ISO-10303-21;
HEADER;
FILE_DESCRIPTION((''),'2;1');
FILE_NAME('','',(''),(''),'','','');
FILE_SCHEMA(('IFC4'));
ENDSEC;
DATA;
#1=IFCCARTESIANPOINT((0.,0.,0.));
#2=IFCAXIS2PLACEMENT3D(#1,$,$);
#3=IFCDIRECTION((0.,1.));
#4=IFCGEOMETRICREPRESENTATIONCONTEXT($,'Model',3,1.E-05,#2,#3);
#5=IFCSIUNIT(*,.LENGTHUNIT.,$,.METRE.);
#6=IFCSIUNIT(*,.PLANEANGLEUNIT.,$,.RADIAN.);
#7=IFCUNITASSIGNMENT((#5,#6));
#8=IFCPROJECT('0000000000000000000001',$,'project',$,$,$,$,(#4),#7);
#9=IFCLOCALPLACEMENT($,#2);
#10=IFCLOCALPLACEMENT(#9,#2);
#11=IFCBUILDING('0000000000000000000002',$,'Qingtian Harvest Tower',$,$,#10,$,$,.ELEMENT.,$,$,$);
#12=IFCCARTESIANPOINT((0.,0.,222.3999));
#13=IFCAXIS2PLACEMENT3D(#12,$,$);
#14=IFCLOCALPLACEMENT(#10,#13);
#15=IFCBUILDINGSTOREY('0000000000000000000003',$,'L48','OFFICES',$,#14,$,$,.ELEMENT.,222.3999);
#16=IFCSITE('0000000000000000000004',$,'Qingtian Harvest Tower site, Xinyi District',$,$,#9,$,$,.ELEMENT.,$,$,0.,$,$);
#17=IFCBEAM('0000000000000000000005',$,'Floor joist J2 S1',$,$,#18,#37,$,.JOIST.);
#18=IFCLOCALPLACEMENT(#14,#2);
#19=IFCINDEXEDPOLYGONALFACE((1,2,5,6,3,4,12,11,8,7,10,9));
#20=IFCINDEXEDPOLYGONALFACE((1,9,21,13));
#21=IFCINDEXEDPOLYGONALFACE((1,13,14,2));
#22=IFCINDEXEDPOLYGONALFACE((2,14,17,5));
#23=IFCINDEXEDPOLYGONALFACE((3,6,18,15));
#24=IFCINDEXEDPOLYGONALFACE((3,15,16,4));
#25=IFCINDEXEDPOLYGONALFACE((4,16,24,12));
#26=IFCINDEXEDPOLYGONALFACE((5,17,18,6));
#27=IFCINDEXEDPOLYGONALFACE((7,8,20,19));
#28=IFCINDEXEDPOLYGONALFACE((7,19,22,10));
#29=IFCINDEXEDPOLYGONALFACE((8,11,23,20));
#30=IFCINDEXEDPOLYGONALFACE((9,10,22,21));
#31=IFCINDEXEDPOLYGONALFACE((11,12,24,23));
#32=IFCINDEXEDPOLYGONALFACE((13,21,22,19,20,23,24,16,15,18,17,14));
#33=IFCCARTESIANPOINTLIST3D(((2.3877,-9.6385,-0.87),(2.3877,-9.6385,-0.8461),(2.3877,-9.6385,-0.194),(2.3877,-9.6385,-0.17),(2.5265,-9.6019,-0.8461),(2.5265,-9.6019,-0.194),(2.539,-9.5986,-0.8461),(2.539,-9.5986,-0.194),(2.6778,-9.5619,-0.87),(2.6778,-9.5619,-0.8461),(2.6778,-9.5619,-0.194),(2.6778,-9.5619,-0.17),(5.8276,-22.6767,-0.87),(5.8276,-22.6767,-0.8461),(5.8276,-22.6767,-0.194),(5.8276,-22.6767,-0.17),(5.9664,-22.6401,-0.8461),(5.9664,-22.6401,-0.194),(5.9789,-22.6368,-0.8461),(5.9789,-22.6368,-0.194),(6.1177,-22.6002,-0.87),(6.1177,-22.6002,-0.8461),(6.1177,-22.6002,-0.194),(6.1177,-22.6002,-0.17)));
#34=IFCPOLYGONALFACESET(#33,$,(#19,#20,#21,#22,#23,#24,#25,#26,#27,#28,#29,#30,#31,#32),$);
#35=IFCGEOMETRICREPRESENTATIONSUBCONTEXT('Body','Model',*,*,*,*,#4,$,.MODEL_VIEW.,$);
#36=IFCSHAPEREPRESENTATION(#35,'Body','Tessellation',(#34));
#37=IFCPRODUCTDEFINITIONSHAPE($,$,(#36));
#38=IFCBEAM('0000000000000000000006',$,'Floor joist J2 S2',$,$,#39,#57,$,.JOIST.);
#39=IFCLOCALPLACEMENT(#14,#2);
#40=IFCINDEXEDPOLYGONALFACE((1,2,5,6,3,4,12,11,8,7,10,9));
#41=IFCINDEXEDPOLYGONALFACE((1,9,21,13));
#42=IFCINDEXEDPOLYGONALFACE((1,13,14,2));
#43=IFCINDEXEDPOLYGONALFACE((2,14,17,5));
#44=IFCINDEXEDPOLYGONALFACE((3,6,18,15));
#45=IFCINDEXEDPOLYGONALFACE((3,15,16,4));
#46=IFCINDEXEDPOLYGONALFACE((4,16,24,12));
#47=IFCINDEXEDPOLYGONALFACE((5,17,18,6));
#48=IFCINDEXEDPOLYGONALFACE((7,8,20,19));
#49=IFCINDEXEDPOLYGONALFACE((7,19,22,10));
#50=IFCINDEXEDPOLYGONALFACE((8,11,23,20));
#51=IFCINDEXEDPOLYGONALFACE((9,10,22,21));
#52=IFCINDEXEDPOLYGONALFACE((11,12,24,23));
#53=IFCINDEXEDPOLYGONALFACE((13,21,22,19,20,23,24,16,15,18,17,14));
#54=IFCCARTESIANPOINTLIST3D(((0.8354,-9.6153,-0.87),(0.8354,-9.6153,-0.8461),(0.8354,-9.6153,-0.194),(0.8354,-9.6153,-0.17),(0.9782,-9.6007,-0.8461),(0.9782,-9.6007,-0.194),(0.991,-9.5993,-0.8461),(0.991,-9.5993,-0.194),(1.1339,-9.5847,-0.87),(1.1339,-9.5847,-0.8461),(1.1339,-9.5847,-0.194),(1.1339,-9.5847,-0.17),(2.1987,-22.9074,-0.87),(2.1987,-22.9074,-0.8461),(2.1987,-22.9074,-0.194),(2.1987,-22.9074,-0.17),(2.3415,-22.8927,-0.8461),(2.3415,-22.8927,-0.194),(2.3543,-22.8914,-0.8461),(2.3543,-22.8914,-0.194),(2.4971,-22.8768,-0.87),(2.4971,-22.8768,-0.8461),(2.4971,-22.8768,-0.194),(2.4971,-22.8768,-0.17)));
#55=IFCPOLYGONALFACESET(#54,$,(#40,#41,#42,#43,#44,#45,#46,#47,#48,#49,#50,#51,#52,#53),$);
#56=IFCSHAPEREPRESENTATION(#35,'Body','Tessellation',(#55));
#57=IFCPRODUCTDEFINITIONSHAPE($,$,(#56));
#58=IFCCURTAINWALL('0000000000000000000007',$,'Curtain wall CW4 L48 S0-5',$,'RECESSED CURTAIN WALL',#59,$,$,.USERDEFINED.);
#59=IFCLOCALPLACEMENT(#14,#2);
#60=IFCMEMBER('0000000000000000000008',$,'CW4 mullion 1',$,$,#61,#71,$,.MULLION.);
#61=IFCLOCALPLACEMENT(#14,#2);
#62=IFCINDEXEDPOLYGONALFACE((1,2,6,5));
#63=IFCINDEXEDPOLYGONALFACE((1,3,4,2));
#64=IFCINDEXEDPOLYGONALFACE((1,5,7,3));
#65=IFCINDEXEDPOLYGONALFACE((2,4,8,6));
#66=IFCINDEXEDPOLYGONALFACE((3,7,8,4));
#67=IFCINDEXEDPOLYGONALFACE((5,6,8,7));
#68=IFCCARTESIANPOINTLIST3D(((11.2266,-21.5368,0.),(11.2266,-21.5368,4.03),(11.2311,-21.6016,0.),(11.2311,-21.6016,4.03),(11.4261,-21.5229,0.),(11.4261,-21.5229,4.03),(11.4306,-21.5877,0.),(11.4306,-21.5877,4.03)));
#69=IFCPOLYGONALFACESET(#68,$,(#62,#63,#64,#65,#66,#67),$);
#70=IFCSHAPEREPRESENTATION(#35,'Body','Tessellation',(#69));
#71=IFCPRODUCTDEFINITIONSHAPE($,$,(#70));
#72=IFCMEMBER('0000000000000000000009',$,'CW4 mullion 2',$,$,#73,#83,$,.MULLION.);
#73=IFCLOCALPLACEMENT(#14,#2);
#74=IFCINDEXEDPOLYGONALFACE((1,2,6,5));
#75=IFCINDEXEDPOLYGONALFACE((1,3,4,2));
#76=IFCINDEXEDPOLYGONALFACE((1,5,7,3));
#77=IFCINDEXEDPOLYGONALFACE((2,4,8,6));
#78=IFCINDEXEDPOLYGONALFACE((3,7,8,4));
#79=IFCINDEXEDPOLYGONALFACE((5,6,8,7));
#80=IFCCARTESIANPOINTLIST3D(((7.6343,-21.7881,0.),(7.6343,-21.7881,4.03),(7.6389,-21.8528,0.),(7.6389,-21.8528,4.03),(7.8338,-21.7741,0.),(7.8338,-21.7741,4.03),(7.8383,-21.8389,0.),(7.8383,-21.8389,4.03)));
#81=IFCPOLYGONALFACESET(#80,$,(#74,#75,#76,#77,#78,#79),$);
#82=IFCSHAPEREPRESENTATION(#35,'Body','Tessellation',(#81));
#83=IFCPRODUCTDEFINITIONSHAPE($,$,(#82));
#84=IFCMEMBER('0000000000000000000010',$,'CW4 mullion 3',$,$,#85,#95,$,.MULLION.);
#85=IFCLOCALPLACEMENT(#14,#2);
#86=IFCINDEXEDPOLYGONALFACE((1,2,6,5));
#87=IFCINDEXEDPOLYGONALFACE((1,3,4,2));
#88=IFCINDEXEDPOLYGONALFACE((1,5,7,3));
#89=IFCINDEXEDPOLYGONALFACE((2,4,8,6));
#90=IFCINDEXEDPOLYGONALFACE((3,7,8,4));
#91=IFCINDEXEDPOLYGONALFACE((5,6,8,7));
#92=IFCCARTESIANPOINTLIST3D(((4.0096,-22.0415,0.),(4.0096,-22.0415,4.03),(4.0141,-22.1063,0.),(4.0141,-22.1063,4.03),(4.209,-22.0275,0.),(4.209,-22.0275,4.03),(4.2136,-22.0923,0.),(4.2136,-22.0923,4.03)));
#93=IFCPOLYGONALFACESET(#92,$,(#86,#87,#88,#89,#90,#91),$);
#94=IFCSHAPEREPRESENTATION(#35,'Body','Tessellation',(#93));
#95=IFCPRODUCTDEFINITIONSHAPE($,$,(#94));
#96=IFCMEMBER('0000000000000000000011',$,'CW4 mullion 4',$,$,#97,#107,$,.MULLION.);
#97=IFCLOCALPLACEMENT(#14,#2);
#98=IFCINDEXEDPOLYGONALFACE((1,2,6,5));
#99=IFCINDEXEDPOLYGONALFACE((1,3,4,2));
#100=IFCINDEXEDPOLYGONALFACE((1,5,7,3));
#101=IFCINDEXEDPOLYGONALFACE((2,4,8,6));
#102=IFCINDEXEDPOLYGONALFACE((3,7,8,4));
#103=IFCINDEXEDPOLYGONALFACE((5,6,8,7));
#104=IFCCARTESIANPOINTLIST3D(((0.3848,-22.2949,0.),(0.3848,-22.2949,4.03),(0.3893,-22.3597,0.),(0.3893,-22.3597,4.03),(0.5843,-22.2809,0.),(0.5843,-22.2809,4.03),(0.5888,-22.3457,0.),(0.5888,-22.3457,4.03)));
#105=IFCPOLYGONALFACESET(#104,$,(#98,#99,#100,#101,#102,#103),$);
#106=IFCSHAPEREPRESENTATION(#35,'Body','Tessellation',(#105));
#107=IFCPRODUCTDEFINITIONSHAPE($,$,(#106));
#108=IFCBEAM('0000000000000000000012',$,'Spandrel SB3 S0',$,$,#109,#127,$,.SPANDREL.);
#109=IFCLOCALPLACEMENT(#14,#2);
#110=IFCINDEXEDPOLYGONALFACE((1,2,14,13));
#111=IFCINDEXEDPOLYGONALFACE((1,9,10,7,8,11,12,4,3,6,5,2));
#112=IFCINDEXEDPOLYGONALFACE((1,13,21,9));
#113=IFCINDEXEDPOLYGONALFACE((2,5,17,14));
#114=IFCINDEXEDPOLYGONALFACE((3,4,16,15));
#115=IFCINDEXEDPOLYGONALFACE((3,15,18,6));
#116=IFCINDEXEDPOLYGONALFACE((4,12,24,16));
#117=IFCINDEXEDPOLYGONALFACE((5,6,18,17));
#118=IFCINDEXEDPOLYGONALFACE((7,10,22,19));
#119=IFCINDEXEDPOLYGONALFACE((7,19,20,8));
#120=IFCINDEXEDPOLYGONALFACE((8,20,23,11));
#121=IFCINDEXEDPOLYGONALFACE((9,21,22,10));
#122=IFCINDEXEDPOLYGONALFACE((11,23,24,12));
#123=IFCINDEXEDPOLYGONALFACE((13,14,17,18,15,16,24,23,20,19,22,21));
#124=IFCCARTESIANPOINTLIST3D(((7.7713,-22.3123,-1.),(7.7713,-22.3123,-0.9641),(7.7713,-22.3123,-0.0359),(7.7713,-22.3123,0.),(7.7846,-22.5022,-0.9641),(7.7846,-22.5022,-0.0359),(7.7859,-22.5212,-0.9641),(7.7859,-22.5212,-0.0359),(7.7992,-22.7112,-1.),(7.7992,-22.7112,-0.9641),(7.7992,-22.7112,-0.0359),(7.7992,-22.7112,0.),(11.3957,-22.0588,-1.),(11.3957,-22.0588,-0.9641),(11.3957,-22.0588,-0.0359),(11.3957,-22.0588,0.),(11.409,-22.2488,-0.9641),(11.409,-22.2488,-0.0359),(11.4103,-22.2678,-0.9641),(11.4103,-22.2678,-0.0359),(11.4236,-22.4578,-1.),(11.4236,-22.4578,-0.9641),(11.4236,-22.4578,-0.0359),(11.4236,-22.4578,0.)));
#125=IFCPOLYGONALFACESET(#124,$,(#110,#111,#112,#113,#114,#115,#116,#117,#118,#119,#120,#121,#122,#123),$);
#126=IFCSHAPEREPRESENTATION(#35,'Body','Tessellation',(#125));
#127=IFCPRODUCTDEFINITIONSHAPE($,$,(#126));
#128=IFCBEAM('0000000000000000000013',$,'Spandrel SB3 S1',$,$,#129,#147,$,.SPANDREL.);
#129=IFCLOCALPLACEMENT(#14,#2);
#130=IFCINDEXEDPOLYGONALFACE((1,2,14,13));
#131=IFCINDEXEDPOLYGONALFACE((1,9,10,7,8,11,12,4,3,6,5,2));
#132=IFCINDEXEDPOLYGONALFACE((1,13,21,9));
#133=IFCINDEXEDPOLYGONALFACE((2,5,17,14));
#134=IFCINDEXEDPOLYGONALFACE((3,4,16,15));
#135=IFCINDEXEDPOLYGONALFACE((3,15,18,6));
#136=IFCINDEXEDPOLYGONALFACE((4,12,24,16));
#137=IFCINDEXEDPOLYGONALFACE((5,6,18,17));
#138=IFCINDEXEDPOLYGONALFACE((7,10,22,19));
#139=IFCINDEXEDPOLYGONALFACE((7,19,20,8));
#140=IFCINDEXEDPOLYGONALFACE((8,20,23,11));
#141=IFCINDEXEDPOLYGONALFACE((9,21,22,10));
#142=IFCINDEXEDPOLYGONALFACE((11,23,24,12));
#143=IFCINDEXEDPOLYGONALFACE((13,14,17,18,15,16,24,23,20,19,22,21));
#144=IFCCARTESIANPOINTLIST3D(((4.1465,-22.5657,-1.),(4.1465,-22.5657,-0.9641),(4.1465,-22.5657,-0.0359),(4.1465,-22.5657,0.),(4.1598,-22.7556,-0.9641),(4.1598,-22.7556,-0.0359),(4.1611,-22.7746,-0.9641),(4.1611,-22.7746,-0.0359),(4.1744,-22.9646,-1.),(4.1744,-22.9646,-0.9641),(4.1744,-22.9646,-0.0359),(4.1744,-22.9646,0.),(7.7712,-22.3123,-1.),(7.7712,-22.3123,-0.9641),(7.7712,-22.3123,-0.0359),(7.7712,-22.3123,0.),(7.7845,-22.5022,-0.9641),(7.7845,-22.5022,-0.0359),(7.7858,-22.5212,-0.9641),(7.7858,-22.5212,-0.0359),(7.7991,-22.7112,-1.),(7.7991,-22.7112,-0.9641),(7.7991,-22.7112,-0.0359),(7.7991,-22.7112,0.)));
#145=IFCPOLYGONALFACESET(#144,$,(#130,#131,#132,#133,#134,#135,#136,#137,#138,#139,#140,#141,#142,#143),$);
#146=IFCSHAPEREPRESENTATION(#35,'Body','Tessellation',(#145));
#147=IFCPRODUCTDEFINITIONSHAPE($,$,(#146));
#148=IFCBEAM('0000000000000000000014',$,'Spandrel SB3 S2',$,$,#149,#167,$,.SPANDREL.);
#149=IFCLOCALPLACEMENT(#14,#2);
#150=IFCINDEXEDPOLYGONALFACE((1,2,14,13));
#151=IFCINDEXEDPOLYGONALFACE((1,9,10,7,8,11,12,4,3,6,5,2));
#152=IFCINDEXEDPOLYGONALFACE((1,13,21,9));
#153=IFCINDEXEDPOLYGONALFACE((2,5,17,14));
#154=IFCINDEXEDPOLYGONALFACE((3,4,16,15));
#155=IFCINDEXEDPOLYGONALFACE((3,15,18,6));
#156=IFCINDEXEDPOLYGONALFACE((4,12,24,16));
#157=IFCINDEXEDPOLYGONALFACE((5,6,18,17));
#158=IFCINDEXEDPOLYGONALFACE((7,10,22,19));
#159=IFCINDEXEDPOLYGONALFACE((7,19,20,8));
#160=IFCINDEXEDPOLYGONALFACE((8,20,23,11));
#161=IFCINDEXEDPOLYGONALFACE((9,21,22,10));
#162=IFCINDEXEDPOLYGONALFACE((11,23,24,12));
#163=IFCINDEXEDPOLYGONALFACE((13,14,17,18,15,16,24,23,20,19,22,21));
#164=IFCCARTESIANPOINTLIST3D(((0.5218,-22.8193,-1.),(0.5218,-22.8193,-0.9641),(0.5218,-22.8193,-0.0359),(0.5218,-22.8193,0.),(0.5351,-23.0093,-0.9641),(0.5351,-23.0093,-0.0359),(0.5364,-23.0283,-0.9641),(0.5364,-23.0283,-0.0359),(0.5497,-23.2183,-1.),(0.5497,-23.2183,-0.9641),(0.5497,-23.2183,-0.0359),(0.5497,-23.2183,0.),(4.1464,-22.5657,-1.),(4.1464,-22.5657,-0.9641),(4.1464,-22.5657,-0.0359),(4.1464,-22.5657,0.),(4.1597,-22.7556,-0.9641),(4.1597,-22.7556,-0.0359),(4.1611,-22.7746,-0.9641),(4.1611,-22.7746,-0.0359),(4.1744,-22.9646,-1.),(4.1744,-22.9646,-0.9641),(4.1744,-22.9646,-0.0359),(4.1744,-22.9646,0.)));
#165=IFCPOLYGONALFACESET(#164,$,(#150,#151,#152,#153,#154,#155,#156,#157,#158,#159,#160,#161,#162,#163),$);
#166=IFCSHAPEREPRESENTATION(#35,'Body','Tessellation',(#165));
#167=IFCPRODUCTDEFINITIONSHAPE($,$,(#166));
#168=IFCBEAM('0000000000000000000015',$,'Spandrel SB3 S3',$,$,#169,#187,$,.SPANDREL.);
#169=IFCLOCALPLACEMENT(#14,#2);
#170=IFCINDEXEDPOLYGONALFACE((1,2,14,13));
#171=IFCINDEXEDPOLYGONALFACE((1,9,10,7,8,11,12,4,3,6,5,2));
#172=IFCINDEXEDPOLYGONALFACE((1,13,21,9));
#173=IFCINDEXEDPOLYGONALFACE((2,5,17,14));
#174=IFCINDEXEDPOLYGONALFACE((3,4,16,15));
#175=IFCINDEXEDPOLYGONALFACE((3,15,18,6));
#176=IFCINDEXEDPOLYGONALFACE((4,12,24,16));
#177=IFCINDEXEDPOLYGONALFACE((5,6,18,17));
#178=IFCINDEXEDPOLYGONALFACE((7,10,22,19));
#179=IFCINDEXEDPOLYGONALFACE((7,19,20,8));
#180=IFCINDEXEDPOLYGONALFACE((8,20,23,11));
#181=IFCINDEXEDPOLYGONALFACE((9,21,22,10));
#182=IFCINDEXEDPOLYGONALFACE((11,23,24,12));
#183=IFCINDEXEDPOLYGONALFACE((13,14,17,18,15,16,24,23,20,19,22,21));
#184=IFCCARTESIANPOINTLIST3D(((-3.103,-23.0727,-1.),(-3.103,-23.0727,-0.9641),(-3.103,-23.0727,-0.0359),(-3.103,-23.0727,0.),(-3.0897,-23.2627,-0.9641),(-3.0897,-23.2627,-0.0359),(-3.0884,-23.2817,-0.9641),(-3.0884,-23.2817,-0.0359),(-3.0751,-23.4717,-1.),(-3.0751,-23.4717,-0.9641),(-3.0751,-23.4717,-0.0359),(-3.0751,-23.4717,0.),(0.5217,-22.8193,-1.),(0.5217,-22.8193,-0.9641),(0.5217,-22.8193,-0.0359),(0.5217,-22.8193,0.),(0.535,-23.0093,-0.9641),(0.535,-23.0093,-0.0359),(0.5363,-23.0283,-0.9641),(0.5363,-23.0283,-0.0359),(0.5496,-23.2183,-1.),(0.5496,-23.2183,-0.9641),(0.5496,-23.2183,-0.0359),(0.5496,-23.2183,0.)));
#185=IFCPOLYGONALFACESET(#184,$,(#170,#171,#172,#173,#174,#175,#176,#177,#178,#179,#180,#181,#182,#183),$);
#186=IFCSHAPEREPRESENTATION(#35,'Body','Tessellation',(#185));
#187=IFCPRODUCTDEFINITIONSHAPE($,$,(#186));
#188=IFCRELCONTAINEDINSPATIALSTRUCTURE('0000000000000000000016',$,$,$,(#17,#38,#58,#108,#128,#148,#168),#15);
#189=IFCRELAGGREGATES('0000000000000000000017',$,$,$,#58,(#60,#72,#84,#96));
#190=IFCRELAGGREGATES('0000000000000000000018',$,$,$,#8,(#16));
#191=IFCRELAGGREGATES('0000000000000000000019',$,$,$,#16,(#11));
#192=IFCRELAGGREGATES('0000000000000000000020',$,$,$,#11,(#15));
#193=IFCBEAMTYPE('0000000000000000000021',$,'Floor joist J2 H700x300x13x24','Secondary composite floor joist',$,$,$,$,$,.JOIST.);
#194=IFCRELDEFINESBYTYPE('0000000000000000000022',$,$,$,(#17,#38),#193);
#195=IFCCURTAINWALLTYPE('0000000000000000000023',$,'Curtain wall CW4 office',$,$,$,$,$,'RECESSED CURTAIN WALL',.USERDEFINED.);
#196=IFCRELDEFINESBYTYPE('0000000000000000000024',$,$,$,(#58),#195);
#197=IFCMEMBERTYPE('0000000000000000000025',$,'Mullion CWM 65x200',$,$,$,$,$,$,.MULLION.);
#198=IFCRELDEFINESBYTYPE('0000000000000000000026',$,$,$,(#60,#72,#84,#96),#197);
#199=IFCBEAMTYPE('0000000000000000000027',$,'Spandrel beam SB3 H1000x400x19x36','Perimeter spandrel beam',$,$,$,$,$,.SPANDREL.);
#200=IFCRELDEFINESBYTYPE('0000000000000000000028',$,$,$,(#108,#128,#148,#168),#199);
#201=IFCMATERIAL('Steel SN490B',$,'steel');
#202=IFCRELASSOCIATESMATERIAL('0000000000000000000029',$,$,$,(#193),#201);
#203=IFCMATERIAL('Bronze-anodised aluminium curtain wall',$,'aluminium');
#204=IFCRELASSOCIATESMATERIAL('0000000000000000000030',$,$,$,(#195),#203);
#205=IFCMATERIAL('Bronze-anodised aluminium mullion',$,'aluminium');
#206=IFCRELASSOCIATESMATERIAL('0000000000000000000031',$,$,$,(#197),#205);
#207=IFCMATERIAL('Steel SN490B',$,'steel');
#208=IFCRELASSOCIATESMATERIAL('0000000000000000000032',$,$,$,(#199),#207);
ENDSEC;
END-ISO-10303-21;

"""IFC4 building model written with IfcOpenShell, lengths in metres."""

from ifc_helpers import new_model, si_unit, direction, frame, origin, origin_2d, place, context, subcontext, project, spatial, rectangle, i_section, extrude, material, material_profile, profile_set, type_object, element, aggregate, save


model = new_model("IFC4")

# Units and contexts
model_context = context("Model", 3, precision=1e-05, world=origin(), true_north=direction((0.0, 1.0)))
body_context = subcontext(model_context, "Body", "Model", "MODEL_VIEW")
ifc_project = project(units=[si_unit("LENGTHUNIT", "METRE"), si_unit("PLANEANGLEUNIT", "RADIAN")], contexts=[model_context])

# Site, building, storey
site_placement = place(None, origin())
site = spatial("IfcSite", under=ifc_project, at=site_placement, Name="Qingtian Harvest Tower site, Xinyi District", CompositionType="ELEMENT", RefElevation=0.0)
building_placement = place(site_placement, origin())
building = spatial("IfcBuilding", under=site, at=building_placement, Name="Qingtian Harvest Tower", CompositionType="ELEMENT")
storey_placement = place(building_placement, frame((0.0, 0.0, 222.3999)))
storey = spatial("IfcBuildingStorey", under=building, at=storey_placement, Name="L48", Description="OFFICES", CompositionType="ELEMENT", Elevation=222.3999)

# Beams
ifc_material_1 = material(Name="Steel SN490B", Category="steel")
ifc_material_profile_1 = material_profile(ifc_material_1, i_section(OverallWidth=0.3, OverallDepth=0.7, WebThickness=0.0129, FlangeThickness=0.0239, at=origin_2d()), Name="H700x300x13x24")
ifc_profile_set_1 = profile_set([ifc_material_profile_1], Name="Steel SN490B")
beam_type_1 = type_object("IfcBeamType", Name="Floor joist J2 H700x300x13x24", Description="Secondary composite floor joist", PredefinedType="JOIST", material=ifc_profile_set_1)
beam_1_placement = place(storey_placement, frame((5.9727, -22.6384, -0.52), z_axis=(-0.255104, 0.966914, 0.0), x_axis=(-0.966914, -0.255104, 0.0)))
element("IfcBeam", 1, at=beam_1_placement, inside=storey, type_object=beam_type_1, Name="Floor joist J2 S1", PredefinedType="JOIST", context=body_context, shape_type="SweptSolid", body=[
    extrude(i_section(OverallWidth=0.3, OverallDepth=0.7, WebThickness=0.0129, FlangeThickness=0.0239, at=origin_2d()), origin(), (0.0, 0.0, 1.0), 13.4844),
])
beam_2_placement = place(storey_placement, frame((2.3479, -22.8921, -0.52), z_axis=(-0.102029, 0.994781, 0.0), x_axis=(-0.994781, -0.102029, 0.0)))
element("IfcBeam", 2, at=beam_2_placement, inside=storey, type_object=beam_type_1, Name="Floor joist J2 S2", PredefinedType="JOIST", context=body_context, shape_type="SweptSolid", body=[
    extrude(i_section(OverallWidth=0.3, OverallDepth=0.7, WebThickness=0.0129, FlangeThickness=0.0239, at=origin_2d()), origin(), (0.0, 0.0, 1.0), 13.3618),
])

# Curtain wall, members
ifc_material_2 = material(Name="Bronze-anodised aluminium curtain wall", Category="aluminium")
curtain_wall_type = type_object("IfcCurtainWallType", Name="Curtain wall CW4 office", ElementType="RECESSED CURTAIN WALL", PredefinedType="USERDEFINED", material=ifc_material_2)
curtain_wall_placement = place(storey_placement, origin())
curtain_wall = element("IfcCurtainWall", 3, at=curtain_wall_placement, inside=storey, type_object=curtain_wall_type, Name="Curtain wall CW4 L48 S0-5", ObjectType="RECESSED CURTAIN WALL", PredefinedType="USERDEFINED")
ifc_material_3 = material(Name="Bronze-anodised aluminium mullion", Category="aluminium")
ifc_material_profile_2 = material_profile(ifc_material_3, rectangle(XDim=0.0649, YDim=0.2, at=origin_2d()), Name="AL 65x200")
ifc_profile_set_2 = profile_set([ifc_material_profile_2], Name="Bronze-anodised aluminium mullion")
member_type_1 = type_object("IfcMemberType", Name="Mullion CWM 65x200", PredefinedType="MULLION", material=ifc_profile_set_2)
member_1_placement = place(storey_placement, frame((11.3286, -21.5623, 0.0), z_axis=(0.0, 0.0, 1.0), x_axis=(0.069756, -0.997564, 0.0)))
member_1 = element("IfcMember", 4, at=member_1_placement, type_object=member_type_1, Name="CW4 mullion 1", PredefinedType="MULLION", context=body_context, shape_type="SweptSolid", body=[
    extrude(rectangle(XDim=0.0649, YDim=0.2, at=origin_2d()), origin(), (0.0, 0.0, 1.0), 4.03),
])
member_2_placement = place(storey_placement, frame((7.7363, -21.8135, 0.0), z_axis=(0.0, 0.0, 1.0), x_axis=(0.069756, -0.997564, 0.0)))
member_2 = element("IfcMember", 5, at=member_2_placement, type_object=member_type_1, Name="CW4 mullion 2", PredefinedType="MULLION", context=body_context, shape_type="SweptSolid", body=[
    extrude(rectangle(XDim=0.0649, YDim=0.2, at=origin_2d()), origin(), (0.0, 0.0, 1.0), 4.03),
])
member_3_placement = place(storey_placement, frame((4.1116, -22.0669, 0.0), z_axis=(0.0, 0.0, 1.0), x_axis=(0.069756, -0.997564, 0.0)))
member_3 = element("IfcMember", 6, at=member_3_placement, type_object=member_type_1, Name="CW4 mullion 3", PredefinedType="MULLION", context=body_context, shape_type="SweptSolid", body=[
    extrude(rectangle(XDim=0.0649, YDim=0.2, at=origin_2d()), origin(), (0.0, 0.0, 1.0), 4.03),
])
member_4_placement = place(storey_placement, frame((0.4868, -22.3203, 0.0), z_axis=(0.0, 0.0, 1.0), x_axis=(0.069756, -0.997564, 0.0)))
member_4 = element("IfcMember", 7, at=member_4_placement, type_object=member_type_1, Name="CW4 mullion 4", PredefinedType="MULLION", context=body_context, shape_type="SweptSolid", body=[
    extrude(rectangle(XDim=0.0649, YDim=0.2, at=origin_2d()), origin(), (0.0, 0.0, 1.0), 4.03),
])

# Beams
ifc_material_4 = material(Name="Steel SN490B", Category="steel")
ifc_material_profile_3 = material_profile(ifc_material_4, i_section(OverallWidth=0.3999, OverallDepth=1.0, WebThickness=0.019, FlangeThickness=0.0359, at=origin_2d()), Name="H1000x400x19x36")
ifc_profile_set_3 = profile_set([ifc_material_profile_3], Name="Steel SN490B")
beam_type_2 = type_object("IfcBeamType", Name="Spandrel beam SB3 H1000x400x19x36", Description="Perimeter spandrel beam", PredefinedType="SPANDREL", material=ifc_profile_set_3)
beam_3_placement = place(storey_placement, frame((11.4097, -22.2583, -0.5), z_axis=(-0.997565, -0.069748, 0.0), x_axis=(0.069748, -0.997565, 0.0)))
element("IfcBeam", 8, at=beam_3_placement, inside=storey, type_object=beam_type_2, Name="Spandrel SB3 S0", PredefinedType="SPANDREL", context=body_context, shape_type="SweptSolid", body=[
    extrude(i_section(OverallWidth=0.3999, OverallDepth=1.0, WebThickness=0.019, FlangeThickness=0.0359, at=origin_2d()), origin(), (0.0, 0.0, 1.0), 3.6333),
])
for number, where, z_axis, x_axis, name in (
    (9, (7.7852, -22.5117, -0.5), (-0.997565, -0.069743, 0.0), (0.069743, -0.997565, 0.0), "Spandrel SB3 S1"),
    (10, (4.1604, -22.7651, -0.5), (-0.99756, -0.06981, 0.0), (0.06981, -0.99756, 0.0), "Spandrel SB3 S2"),
    (11, (0.5356, -23.0188, -0.5), (-0.997565, -0.069743, 0.0), (0.069743, -0.997565, 0.0), "Spandrel SB3 S3"),
):
    element("IfcBeam", number, at=place(storey_placement, frame(where, z_axis=z_axis, x_axis=x_axis)), inside=storey, type_object=beam_type_2, Name=name, PredefinedType="SPANDREL", context=body_context, shape_type="SweptSolid", body=[
        extrude(i_section(OverallWidth=0.3999, OverallDepth=1.0, WebThickness=0.019, FlangeThickness=0.0359, at=origin_2d()), origin(), (0.0, 0.0, 1.0), 3.6335),
    ])

aggregate(curtain_wall, [member_1, member_2, member_3, member_4])

save(model, "model.ifc")
